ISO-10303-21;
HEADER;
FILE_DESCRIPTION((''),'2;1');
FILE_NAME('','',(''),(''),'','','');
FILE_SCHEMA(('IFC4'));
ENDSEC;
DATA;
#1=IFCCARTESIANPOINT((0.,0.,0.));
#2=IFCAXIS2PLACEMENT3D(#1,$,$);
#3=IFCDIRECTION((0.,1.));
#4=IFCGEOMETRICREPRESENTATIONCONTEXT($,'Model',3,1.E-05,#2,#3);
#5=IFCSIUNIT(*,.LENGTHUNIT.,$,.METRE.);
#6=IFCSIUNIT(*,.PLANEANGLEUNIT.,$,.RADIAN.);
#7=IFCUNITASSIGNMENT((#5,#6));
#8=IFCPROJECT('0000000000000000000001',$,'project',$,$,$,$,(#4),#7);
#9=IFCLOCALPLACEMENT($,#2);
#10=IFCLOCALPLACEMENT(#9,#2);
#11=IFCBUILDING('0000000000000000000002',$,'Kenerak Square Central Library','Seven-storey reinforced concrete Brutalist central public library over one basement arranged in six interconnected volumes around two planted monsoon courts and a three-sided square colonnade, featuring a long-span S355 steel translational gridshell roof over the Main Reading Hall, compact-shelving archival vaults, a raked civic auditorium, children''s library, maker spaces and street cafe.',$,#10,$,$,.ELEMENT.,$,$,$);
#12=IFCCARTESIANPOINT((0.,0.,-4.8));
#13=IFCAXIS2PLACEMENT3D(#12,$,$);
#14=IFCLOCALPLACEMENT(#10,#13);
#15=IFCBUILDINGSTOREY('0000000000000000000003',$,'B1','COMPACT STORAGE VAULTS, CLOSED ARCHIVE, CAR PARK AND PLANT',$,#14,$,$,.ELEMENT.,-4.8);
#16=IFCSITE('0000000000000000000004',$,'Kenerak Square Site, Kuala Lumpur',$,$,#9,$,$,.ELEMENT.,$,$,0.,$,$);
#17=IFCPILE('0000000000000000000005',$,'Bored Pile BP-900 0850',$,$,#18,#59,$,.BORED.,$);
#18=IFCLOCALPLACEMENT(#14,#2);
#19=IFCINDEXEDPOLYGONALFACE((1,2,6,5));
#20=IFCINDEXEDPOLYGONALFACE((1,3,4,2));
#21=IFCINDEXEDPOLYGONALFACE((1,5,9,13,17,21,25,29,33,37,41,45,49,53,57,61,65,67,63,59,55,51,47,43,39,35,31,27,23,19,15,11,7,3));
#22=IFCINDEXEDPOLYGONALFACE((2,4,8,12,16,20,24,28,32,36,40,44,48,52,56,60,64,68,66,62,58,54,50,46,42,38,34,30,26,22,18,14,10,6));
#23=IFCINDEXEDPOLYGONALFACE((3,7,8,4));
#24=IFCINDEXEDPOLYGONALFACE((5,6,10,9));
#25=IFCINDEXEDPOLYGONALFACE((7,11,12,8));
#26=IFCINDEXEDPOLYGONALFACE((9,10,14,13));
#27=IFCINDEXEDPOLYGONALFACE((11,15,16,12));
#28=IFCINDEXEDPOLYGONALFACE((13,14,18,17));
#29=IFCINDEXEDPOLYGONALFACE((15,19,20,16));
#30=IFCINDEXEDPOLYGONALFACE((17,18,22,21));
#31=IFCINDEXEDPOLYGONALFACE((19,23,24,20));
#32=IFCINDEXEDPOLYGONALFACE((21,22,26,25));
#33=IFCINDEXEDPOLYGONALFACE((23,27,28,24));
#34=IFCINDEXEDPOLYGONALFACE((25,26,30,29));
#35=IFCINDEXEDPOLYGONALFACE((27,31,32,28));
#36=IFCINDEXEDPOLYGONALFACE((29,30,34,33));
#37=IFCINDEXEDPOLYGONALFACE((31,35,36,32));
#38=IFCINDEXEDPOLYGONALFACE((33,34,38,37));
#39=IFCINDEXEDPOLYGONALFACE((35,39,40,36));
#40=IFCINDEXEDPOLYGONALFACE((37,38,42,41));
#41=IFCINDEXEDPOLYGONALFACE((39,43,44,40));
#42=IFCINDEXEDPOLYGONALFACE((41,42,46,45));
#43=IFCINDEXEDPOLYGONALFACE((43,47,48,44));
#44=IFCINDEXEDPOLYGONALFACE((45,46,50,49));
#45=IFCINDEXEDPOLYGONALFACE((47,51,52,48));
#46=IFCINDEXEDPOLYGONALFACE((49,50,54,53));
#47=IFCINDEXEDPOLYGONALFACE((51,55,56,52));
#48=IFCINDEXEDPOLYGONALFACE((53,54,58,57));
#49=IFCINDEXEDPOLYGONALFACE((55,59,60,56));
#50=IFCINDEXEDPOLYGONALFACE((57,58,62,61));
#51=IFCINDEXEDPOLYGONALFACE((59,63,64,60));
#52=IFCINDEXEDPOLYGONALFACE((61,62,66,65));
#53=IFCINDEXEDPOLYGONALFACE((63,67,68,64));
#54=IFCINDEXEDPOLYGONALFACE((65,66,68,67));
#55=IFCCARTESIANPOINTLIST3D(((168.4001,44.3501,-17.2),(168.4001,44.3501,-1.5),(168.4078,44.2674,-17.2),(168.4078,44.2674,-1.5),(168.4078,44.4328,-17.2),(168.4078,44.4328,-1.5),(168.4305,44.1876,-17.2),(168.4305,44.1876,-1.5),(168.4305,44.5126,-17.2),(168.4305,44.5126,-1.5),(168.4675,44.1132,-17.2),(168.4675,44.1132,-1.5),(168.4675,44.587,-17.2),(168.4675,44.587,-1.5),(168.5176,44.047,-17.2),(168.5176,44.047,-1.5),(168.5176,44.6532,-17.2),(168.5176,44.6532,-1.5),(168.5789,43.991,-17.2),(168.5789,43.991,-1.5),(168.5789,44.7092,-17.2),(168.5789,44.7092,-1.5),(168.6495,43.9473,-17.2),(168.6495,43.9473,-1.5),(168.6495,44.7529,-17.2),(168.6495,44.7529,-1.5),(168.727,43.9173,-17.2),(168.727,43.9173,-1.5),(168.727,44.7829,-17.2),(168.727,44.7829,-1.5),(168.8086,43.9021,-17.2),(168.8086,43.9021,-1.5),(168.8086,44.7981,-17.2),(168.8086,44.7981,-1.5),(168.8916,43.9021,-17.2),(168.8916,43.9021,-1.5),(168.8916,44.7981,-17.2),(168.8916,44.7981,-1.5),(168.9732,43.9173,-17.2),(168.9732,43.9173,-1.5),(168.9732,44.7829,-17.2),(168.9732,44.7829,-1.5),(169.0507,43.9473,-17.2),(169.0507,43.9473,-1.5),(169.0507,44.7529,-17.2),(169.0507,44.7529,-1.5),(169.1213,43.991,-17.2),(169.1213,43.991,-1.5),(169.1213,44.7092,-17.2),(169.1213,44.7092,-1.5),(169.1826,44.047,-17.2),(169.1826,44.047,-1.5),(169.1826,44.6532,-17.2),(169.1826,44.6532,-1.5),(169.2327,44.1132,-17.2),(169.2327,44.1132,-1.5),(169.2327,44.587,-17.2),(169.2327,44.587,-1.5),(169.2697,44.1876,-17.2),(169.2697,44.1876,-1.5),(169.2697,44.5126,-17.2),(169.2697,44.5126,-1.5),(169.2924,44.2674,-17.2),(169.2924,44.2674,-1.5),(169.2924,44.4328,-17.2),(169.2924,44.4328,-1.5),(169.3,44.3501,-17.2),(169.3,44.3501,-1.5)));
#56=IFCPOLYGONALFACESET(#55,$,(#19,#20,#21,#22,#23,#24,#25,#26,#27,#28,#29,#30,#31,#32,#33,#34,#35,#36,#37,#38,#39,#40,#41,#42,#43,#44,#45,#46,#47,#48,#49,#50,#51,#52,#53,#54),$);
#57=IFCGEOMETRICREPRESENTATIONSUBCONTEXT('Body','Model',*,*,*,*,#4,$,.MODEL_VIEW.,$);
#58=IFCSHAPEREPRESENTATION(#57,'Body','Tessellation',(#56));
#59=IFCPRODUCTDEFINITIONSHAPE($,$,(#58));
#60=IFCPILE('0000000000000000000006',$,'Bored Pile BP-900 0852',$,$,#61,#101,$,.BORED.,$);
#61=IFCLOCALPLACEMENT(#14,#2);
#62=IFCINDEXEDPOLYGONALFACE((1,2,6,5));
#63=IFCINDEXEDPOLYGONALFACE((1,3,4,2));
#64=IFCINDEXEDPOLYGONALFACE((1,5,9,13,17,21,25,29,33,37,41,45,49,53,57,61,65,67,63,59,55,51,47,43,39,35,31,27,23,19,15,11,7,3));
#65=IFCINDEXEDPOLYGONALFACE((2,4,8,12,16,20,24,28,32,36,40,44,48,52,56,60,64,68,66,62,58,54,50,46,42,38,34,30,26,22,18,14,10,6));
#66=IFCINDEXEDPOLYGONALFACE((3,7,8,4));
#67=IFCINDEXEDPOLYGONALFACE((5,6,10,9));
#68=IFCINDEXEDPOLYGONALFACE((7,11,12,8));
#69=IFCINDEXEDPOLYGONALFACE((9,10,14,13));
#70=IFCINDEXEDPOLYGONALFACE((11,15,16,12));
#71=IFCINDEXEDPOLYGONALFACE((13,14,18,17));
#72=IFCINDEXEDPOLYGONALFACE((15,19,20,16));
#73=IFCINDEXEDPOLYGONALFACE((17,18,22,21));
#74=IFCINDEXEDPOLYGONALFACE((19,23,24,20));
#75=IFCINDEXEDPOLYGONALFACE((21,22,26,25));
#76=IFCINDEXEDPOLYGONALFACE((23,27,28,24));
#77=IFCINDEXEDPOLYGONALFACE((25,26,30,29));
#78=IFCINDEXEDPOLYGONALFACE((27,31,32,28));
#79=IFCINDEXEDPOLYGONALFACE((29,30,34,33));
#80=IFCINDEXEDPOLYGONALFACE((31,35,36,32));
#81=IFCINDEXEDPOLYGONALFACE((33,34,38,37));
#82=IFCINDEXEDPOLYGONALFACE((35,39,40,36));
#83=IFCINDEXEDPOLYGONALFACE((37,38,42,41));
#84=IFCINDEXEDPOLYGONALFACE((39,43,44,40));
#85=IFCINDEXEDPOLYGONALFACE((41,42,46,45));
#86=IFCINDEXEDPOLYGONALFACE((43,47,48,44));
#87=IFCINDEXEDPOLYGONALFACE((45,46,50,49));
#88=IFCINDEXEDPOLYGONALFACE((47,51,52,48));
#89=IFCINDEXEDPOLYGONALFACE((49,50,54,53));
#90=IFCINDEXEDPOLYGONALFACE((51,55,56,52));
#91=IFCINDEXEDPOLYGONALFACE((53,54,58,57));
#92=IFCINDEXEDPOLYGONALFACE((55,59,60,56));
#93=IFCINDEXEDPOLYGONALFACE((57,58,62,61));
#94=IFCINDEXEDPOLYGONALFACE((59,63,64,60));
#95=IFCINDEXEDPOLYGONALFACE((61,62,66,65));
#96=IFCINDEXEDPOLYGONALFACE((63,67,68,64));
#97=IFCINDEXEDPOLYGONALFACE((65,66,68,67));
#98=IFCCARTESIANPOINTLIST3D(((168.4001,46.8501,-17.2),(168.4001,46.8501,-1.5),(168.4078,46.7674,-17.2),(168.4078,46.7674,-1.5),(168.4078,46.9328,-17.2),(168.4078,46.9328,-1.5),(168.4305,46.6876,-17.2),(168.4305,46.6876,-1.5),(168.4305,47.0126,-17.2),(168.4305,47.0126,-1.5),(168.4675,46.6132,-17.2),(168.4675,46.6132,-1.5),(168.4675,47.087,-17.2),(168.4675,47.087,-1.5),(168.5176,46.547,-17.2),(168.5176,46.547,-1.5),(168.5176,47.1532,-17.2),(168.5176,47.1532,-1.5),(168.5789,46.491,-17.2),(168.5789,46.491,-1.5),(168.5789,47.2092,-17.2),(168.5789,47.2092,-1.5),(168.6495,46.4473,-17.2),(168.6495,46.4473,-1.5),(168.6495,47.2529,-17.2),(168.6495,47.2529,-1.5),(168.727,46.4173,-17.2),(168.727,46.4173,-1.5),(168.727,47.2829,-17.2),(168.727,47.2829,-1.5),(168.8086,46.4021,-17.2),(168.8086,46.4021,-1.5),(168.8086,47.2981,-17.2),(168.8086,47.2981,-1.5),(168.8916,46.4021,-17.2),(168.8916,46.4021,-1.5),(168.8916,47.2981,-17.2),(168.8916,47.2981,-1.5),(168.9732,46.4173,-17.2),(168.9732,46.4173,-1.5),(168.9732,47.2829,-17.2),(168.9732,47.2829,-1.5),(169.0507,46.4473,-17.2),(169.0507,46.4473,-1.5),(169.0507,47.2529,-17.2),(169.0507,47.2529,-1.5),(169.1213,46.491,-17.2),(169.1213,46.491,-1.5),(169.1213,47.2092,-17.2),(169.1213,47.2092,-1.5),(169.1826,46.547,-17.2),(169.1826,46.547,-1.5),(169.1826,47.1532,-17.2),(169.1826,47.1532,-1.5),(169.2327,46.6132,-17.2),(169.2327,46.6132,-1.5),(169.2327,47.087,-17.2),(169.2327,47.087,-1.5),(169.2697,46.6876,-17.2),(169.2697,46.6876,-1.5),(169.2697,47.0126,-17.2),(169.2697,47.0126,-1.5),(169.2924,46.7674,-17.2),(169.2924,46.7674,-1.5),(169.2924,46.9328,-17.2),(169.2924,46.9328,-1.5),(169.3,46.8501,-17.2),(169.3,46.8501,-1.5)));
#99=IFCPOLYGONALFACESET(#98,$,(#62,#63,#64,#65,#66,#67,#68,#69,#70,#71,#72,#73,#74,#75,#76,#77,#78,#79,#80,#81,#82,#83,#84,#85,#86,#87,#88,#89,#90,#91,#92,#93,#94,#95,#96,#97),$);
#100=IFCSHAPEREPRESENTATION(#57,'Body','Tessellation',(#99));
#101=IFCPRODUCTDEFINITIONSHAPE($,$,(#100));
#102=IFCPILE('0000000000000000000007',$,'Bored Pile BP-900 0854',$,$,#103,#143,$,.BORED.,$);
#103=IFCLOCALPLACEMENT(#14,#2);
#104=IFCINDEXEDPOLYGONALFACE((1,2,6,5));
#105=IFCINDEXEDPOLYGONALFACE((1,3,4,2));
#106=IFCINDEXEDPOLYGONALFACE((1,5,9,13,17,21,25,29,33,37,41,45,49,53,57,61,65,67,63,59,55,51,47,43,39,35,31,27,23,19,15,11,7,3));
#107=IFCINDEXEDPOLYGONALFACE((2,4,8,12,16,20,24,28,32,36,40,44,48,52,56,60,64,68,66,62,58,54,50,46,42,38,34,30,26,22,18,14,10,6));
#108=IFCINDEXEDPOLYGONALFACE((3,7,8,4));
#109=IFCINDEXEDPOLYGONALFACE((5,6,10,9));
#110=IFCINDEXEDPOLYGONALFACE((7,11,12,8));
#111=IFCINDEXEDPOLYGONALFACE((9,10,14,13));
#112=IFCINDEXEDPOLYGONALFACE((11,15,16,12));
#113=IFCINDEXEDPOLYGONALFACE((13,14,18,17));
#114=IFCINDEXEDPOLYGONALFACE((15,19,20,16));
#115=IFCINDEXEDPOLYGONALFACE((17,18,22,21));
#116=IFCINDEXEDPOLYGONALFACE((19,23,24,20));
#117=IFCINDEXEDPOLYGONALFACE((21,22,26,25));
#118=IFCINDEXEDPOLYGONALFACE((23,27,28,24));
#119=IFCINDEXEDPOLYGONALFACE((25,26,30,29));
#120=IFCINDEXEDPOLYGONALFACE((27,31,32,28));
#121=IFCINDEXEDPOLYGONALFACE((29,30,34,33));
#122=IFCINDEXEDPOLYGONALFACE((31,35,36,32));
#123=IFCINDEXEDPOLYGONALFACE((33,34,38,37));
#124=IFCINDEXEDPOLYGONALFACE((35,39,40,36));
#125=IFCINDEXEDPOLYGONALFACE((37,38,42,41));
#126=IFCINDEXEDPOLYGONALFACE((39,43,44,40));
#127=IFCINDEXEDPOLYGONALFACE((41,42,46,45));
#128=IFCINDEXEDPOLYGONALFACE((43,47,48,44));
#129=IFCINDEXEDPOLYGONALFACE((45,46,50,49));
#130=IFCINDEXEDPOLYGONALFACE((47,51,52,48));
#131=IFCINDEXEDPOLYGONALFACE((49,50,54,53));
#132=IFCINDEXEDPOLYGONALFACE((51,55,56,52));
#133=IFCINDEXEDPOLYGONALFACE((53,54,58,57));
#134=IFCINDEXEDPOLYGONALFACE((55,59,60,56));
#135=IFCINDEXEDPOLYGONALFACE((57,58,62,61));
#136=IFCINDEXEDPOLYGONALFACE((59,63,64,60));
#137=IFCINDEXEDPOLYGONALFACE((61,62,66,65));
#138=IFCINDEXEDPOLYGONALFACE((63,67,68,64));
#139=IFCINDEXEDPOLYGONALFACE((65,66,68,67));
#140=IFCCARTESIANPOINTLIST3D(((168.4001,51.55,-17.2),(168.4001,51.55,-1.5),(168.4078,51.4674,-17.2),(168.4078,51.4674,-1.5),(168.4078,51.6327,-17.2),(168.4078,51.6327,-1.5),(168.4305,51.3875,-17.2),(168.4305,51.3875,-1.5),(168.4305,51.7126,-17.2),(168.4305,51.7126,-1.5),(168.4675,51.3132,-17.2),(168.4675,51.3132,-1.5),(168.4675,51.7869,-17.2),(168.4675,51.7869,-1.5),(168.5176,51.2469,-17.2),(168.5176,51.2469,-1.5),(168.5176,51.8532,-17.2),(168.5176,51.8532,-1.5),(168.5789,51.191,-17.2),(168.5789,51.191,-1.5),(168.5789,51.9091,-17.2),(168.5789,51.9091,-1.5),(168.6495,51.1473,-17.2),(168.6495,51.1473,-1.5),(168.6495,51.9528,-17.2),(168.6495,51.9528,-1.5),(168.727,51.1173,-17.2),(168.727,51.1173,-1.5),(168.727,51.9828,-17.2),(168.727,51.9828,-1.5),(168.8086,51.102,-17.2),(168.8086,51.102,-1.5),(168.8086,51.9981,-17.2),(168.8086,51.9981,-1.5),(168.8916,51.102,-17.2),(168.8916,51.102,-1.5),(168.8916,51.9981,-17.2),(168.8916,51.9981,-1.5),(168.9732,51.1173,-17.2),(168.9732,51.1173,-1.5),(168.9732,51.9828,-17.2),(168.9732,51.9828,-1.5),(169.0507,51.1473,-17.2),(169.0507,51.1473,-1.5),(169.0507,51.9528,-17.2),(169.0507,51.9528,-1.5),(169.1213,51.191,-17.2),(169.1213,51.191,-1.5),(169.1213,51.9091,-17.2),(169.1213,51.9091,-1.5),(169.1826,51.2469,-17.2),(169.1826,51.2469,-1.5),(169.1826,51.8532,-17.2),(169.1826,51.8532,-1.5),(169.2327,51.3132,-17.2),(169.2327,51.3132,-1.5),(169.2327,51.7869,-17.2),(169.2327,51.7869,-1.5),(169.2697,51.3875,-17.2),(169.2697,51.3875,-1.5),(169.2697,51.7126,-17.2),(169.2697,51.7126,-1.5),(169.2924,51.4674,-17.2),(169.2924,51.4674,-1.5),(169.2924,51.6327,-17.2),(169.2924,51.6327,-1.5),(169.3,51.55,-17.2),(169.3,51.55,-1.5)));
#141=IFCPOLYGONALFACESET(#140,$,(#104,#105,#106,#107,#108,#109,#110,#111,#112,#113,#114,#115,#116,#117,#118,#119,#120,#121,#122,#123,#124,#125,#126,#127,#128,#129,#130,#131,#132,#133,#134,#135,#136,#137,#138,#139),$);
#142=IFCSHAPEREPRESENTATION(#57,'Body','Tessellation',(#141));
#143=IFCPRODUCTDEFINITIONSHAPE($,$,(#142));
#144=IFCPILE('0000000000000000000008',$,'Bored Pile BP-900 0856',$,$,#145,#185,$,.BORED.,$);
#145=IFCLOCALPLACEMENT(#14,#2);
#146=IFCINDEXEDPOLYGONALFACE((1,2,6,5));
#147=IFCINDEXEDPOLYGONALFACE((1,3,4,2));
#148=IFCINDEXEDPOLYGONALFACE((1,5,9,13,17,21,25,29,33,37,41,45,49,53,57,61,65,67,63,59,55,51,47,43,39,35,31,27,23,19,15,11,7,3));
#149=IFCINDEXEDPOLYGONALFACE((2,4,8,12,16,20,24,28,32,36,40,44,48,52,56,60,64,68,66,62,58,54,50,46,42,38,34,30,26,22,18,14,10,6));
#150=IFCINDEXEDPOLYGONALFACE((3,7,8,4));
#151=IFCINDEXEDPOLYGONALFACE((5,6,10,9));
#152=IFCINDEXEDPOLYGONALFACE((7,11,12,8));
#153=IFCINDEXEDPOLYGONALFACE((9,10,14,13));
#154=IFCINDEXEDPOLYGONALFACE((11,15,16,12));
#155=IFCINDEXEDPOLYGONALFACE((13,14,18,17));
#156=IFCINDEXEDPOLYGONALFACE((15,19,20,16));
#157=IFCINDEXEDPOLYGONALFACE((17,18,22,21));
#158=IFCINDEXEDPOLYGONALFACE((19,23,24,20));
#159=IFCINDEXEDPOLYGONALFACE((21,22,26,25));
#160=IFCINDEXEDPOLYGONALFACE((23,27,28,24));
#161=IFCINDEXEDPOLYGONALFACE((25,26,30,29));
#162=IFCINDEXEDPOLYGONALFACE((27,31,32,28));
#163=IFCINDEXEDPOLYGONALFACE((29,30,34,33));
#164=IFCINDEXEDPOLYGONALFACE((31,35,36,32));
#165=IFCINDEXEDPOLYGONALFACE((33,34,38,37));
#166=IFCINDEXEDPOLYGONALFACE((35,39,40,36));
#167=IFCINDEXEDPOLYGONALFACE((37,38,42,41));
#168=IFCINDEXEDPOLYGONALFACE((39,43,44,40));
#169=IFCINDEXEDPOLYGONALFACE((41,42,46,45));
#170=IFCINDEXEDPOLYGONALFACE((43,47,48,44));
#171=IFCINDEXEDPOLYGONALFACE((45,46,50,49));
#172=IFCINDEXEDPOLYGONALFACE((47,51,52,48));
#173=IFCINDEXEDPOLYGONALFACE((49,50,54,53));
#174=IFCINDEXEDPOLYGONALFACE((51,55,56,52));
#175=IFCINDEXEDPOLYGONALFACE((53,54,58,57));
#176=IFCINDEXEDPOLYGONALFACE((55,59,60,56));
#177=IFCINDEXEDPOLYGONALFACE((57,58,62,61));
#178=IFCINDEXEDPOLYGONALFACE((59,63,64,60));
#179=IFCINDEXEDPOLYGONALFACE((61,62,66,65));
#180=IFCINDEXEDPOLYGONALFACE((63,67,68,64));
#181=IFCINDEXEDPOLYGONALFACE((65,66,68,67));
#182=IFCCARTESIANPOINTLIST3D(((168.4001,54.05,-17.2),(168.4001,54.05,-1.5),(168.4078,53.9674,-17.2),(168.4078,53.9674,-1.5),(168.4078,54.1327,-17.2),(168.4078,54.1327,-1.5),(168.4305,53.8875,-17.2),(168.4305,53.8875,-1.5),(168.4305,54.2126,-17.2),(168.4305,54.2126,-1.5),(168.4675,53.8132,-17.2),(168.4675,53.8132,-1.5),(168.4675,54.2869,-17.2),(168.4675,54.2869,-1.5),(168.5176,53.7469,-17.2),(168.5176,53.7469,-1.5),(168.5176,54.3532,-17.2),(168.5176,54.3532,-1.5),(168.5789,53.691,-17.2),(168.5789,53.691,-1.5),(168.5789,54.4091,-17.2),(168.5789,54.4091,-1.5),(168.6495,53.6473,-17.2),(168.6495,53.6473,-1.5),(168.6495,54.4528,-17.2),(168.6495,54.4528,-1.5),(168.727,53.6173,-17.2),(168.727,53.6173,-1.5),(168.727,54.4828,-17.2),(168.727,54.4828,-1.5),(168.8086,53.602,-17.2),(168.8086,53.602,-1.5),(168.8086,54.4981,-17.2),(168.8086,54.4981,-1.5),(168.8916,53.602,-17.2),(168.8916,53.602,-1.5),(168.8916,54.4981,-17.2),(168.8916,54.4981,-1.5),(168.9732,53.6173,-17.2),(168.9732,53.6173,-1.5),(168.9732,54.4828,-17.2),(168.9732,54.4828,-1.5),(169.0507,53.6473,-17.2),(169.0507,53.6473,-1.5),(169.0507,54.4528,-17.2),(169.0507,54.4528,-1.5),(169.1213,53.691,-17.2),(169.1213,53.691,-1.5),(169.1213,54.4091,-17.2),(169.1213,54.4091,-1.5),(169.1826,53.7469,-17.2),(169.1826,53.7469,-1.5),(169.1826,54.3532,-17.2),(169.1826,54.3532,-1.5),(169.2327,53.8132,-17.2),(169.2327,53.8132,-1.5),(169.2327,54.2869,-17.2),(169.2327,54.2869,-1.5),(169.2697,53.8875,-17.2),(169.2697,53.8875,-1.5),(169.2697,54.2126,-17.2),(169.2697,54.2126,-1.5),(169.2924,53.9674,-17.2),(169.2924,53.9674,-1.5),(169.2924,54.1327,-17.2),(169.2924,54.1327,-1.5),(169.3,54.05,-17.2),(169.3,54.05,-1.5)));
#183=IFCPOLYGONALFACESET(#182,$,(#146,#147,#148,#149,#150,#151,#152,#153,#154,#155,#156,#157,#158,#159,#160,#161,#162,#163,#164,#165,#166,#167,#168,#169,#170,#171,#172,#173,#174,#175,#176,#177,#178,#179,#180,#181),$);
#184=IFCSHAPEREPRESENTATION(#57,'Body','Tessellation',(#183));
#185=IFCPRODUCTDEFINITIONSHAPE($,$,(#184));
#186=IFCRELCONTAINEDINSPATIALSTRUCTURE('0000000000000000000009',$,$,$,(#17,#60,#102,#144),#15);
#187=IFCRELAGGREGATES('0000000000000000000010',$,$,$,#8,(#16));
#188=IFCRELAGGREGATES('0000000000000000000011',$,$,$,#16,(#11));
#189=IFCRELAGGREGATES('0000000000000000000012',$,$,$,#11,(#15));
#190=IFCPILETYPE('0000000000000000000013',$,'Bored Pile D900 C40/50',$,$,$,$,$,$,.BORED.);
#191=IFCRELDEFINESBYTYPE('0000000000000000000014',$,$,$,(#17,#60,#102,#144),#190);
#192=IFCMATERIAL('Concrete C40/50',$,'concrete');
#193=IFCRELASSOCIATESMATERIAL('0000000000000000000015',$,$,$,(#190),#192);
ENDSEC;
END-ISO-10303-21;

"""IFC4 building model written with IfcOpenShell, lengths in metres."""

from ifc_helpers import new_model, si_unit, direction, frame, origin, origin_2d, place, context, subcontext, project, spatial, circle, extrude, material, material_profile, profile_set, type_object, element, save


model = new_model("IFC4")

# Units and contexts
model_context = context("Model", 3, precision=1e-05, world=origin(), true_north=direction((0.0, 1.0)))
body_context = subcontext(model_context, "Body", "Model", "MODEL_VIEW")
ifc_project = project(units=[si_unit("LENGTHUNIT", "METRE"), si_unit("PLANEANGLEUNIT", "RADIAN")], contexts=[model_context])

# Site, building, storey
site_placement = place(None, origin())
site = spatial("IfcSite", under=ifc_project, at=site_placement, Name="Kenerak Square Site, Kuala Lumpur", CompositionType="ELEMENT", RefElevation=0.0)
building_placement = place(site_placement, origin())
building = spatial("IfcBuilding", under=site, at=building_placement, Name="Kenerak Square Central Library", Description="Seven-storey reinforced concrete Brutalist central public library over one basement arranged in six interconnected volumes around two planted monsoon courts and a three-sided square colonnade, featuring a long-span S355 steel translational gridshell roof over the Main Reading Hall, compact-shelving archival vaults, a raked civic auditorium, children's library, maker spaces and street cafe.", CompositionType="ELEMENT")
storey_placement = place(building_placement, frame((0.0, 0.0, -4.8)))
storey = spatial("IfcBuildingStorey", under=building, at=storey_placement, Name="B1", Description="COMPACT STORAGE VAULTS, CLOSED ARCHIVE, CAR PARK AND PLANT", CompositionType="ELEMENT", Elevation=-4.8)

# Piles
ifc_material_1 = material(Name="Concrete C40/50", Category="concrete")
ifc_material_profile_1 = material_profile(ifc_material_1, circle(Radius=0.45, at=origin_2d()), Name="BP D900")
ifc_profile_set_1 = profile_set([ifc_material_profile_1], Name="Concrete C40/50")
pile_type = type_object("IfcPileType", Name="Bored Pile D900 C40/50", PredefinedType="BORED", material=ifc_profile_set_1)
for number, where, z_axis, x_axis, name in (
    (1, (168.8501, 44.3501, -1.5), (0.0, 0.0, -1.0), (1.0, 0.0, 0.0), "Bored Pile BP-900 0850"),
    (2, (168.8501, 46.8501, -1.5), (0.0, 0.0, -1.0), (1.0, 0.0, 0.0), "Bored Pile BP-900 0852"),
    (3, (168.8501, 51.55, -1.5), (0.0, 0.0, -1.0), (1.0, 0.0, 0.0), "Bored Pile BP-900 0854"),
    (4, (168.8501, 54.05, -1.5), (0.0, 0.0, -1.0), (1.0, 0.0, 0.0), "Bored Pile BP-900 0856"),
):
    element("IfcPile", number, at=place(storey_placement, frame(where, z_axis=z_axis, x_axis=x_axis)), inside=storey, type_object=pile_type, Name=name, PredefinedType="BORED", context=body_context, shape_type="SweptSolid", body=[
        extrude(circle(Radius=0.45, at=origin_2d()), origin(), (0.0, 0.0, 1.0), 15.7),
    ])

save(model, "model.ifc")
